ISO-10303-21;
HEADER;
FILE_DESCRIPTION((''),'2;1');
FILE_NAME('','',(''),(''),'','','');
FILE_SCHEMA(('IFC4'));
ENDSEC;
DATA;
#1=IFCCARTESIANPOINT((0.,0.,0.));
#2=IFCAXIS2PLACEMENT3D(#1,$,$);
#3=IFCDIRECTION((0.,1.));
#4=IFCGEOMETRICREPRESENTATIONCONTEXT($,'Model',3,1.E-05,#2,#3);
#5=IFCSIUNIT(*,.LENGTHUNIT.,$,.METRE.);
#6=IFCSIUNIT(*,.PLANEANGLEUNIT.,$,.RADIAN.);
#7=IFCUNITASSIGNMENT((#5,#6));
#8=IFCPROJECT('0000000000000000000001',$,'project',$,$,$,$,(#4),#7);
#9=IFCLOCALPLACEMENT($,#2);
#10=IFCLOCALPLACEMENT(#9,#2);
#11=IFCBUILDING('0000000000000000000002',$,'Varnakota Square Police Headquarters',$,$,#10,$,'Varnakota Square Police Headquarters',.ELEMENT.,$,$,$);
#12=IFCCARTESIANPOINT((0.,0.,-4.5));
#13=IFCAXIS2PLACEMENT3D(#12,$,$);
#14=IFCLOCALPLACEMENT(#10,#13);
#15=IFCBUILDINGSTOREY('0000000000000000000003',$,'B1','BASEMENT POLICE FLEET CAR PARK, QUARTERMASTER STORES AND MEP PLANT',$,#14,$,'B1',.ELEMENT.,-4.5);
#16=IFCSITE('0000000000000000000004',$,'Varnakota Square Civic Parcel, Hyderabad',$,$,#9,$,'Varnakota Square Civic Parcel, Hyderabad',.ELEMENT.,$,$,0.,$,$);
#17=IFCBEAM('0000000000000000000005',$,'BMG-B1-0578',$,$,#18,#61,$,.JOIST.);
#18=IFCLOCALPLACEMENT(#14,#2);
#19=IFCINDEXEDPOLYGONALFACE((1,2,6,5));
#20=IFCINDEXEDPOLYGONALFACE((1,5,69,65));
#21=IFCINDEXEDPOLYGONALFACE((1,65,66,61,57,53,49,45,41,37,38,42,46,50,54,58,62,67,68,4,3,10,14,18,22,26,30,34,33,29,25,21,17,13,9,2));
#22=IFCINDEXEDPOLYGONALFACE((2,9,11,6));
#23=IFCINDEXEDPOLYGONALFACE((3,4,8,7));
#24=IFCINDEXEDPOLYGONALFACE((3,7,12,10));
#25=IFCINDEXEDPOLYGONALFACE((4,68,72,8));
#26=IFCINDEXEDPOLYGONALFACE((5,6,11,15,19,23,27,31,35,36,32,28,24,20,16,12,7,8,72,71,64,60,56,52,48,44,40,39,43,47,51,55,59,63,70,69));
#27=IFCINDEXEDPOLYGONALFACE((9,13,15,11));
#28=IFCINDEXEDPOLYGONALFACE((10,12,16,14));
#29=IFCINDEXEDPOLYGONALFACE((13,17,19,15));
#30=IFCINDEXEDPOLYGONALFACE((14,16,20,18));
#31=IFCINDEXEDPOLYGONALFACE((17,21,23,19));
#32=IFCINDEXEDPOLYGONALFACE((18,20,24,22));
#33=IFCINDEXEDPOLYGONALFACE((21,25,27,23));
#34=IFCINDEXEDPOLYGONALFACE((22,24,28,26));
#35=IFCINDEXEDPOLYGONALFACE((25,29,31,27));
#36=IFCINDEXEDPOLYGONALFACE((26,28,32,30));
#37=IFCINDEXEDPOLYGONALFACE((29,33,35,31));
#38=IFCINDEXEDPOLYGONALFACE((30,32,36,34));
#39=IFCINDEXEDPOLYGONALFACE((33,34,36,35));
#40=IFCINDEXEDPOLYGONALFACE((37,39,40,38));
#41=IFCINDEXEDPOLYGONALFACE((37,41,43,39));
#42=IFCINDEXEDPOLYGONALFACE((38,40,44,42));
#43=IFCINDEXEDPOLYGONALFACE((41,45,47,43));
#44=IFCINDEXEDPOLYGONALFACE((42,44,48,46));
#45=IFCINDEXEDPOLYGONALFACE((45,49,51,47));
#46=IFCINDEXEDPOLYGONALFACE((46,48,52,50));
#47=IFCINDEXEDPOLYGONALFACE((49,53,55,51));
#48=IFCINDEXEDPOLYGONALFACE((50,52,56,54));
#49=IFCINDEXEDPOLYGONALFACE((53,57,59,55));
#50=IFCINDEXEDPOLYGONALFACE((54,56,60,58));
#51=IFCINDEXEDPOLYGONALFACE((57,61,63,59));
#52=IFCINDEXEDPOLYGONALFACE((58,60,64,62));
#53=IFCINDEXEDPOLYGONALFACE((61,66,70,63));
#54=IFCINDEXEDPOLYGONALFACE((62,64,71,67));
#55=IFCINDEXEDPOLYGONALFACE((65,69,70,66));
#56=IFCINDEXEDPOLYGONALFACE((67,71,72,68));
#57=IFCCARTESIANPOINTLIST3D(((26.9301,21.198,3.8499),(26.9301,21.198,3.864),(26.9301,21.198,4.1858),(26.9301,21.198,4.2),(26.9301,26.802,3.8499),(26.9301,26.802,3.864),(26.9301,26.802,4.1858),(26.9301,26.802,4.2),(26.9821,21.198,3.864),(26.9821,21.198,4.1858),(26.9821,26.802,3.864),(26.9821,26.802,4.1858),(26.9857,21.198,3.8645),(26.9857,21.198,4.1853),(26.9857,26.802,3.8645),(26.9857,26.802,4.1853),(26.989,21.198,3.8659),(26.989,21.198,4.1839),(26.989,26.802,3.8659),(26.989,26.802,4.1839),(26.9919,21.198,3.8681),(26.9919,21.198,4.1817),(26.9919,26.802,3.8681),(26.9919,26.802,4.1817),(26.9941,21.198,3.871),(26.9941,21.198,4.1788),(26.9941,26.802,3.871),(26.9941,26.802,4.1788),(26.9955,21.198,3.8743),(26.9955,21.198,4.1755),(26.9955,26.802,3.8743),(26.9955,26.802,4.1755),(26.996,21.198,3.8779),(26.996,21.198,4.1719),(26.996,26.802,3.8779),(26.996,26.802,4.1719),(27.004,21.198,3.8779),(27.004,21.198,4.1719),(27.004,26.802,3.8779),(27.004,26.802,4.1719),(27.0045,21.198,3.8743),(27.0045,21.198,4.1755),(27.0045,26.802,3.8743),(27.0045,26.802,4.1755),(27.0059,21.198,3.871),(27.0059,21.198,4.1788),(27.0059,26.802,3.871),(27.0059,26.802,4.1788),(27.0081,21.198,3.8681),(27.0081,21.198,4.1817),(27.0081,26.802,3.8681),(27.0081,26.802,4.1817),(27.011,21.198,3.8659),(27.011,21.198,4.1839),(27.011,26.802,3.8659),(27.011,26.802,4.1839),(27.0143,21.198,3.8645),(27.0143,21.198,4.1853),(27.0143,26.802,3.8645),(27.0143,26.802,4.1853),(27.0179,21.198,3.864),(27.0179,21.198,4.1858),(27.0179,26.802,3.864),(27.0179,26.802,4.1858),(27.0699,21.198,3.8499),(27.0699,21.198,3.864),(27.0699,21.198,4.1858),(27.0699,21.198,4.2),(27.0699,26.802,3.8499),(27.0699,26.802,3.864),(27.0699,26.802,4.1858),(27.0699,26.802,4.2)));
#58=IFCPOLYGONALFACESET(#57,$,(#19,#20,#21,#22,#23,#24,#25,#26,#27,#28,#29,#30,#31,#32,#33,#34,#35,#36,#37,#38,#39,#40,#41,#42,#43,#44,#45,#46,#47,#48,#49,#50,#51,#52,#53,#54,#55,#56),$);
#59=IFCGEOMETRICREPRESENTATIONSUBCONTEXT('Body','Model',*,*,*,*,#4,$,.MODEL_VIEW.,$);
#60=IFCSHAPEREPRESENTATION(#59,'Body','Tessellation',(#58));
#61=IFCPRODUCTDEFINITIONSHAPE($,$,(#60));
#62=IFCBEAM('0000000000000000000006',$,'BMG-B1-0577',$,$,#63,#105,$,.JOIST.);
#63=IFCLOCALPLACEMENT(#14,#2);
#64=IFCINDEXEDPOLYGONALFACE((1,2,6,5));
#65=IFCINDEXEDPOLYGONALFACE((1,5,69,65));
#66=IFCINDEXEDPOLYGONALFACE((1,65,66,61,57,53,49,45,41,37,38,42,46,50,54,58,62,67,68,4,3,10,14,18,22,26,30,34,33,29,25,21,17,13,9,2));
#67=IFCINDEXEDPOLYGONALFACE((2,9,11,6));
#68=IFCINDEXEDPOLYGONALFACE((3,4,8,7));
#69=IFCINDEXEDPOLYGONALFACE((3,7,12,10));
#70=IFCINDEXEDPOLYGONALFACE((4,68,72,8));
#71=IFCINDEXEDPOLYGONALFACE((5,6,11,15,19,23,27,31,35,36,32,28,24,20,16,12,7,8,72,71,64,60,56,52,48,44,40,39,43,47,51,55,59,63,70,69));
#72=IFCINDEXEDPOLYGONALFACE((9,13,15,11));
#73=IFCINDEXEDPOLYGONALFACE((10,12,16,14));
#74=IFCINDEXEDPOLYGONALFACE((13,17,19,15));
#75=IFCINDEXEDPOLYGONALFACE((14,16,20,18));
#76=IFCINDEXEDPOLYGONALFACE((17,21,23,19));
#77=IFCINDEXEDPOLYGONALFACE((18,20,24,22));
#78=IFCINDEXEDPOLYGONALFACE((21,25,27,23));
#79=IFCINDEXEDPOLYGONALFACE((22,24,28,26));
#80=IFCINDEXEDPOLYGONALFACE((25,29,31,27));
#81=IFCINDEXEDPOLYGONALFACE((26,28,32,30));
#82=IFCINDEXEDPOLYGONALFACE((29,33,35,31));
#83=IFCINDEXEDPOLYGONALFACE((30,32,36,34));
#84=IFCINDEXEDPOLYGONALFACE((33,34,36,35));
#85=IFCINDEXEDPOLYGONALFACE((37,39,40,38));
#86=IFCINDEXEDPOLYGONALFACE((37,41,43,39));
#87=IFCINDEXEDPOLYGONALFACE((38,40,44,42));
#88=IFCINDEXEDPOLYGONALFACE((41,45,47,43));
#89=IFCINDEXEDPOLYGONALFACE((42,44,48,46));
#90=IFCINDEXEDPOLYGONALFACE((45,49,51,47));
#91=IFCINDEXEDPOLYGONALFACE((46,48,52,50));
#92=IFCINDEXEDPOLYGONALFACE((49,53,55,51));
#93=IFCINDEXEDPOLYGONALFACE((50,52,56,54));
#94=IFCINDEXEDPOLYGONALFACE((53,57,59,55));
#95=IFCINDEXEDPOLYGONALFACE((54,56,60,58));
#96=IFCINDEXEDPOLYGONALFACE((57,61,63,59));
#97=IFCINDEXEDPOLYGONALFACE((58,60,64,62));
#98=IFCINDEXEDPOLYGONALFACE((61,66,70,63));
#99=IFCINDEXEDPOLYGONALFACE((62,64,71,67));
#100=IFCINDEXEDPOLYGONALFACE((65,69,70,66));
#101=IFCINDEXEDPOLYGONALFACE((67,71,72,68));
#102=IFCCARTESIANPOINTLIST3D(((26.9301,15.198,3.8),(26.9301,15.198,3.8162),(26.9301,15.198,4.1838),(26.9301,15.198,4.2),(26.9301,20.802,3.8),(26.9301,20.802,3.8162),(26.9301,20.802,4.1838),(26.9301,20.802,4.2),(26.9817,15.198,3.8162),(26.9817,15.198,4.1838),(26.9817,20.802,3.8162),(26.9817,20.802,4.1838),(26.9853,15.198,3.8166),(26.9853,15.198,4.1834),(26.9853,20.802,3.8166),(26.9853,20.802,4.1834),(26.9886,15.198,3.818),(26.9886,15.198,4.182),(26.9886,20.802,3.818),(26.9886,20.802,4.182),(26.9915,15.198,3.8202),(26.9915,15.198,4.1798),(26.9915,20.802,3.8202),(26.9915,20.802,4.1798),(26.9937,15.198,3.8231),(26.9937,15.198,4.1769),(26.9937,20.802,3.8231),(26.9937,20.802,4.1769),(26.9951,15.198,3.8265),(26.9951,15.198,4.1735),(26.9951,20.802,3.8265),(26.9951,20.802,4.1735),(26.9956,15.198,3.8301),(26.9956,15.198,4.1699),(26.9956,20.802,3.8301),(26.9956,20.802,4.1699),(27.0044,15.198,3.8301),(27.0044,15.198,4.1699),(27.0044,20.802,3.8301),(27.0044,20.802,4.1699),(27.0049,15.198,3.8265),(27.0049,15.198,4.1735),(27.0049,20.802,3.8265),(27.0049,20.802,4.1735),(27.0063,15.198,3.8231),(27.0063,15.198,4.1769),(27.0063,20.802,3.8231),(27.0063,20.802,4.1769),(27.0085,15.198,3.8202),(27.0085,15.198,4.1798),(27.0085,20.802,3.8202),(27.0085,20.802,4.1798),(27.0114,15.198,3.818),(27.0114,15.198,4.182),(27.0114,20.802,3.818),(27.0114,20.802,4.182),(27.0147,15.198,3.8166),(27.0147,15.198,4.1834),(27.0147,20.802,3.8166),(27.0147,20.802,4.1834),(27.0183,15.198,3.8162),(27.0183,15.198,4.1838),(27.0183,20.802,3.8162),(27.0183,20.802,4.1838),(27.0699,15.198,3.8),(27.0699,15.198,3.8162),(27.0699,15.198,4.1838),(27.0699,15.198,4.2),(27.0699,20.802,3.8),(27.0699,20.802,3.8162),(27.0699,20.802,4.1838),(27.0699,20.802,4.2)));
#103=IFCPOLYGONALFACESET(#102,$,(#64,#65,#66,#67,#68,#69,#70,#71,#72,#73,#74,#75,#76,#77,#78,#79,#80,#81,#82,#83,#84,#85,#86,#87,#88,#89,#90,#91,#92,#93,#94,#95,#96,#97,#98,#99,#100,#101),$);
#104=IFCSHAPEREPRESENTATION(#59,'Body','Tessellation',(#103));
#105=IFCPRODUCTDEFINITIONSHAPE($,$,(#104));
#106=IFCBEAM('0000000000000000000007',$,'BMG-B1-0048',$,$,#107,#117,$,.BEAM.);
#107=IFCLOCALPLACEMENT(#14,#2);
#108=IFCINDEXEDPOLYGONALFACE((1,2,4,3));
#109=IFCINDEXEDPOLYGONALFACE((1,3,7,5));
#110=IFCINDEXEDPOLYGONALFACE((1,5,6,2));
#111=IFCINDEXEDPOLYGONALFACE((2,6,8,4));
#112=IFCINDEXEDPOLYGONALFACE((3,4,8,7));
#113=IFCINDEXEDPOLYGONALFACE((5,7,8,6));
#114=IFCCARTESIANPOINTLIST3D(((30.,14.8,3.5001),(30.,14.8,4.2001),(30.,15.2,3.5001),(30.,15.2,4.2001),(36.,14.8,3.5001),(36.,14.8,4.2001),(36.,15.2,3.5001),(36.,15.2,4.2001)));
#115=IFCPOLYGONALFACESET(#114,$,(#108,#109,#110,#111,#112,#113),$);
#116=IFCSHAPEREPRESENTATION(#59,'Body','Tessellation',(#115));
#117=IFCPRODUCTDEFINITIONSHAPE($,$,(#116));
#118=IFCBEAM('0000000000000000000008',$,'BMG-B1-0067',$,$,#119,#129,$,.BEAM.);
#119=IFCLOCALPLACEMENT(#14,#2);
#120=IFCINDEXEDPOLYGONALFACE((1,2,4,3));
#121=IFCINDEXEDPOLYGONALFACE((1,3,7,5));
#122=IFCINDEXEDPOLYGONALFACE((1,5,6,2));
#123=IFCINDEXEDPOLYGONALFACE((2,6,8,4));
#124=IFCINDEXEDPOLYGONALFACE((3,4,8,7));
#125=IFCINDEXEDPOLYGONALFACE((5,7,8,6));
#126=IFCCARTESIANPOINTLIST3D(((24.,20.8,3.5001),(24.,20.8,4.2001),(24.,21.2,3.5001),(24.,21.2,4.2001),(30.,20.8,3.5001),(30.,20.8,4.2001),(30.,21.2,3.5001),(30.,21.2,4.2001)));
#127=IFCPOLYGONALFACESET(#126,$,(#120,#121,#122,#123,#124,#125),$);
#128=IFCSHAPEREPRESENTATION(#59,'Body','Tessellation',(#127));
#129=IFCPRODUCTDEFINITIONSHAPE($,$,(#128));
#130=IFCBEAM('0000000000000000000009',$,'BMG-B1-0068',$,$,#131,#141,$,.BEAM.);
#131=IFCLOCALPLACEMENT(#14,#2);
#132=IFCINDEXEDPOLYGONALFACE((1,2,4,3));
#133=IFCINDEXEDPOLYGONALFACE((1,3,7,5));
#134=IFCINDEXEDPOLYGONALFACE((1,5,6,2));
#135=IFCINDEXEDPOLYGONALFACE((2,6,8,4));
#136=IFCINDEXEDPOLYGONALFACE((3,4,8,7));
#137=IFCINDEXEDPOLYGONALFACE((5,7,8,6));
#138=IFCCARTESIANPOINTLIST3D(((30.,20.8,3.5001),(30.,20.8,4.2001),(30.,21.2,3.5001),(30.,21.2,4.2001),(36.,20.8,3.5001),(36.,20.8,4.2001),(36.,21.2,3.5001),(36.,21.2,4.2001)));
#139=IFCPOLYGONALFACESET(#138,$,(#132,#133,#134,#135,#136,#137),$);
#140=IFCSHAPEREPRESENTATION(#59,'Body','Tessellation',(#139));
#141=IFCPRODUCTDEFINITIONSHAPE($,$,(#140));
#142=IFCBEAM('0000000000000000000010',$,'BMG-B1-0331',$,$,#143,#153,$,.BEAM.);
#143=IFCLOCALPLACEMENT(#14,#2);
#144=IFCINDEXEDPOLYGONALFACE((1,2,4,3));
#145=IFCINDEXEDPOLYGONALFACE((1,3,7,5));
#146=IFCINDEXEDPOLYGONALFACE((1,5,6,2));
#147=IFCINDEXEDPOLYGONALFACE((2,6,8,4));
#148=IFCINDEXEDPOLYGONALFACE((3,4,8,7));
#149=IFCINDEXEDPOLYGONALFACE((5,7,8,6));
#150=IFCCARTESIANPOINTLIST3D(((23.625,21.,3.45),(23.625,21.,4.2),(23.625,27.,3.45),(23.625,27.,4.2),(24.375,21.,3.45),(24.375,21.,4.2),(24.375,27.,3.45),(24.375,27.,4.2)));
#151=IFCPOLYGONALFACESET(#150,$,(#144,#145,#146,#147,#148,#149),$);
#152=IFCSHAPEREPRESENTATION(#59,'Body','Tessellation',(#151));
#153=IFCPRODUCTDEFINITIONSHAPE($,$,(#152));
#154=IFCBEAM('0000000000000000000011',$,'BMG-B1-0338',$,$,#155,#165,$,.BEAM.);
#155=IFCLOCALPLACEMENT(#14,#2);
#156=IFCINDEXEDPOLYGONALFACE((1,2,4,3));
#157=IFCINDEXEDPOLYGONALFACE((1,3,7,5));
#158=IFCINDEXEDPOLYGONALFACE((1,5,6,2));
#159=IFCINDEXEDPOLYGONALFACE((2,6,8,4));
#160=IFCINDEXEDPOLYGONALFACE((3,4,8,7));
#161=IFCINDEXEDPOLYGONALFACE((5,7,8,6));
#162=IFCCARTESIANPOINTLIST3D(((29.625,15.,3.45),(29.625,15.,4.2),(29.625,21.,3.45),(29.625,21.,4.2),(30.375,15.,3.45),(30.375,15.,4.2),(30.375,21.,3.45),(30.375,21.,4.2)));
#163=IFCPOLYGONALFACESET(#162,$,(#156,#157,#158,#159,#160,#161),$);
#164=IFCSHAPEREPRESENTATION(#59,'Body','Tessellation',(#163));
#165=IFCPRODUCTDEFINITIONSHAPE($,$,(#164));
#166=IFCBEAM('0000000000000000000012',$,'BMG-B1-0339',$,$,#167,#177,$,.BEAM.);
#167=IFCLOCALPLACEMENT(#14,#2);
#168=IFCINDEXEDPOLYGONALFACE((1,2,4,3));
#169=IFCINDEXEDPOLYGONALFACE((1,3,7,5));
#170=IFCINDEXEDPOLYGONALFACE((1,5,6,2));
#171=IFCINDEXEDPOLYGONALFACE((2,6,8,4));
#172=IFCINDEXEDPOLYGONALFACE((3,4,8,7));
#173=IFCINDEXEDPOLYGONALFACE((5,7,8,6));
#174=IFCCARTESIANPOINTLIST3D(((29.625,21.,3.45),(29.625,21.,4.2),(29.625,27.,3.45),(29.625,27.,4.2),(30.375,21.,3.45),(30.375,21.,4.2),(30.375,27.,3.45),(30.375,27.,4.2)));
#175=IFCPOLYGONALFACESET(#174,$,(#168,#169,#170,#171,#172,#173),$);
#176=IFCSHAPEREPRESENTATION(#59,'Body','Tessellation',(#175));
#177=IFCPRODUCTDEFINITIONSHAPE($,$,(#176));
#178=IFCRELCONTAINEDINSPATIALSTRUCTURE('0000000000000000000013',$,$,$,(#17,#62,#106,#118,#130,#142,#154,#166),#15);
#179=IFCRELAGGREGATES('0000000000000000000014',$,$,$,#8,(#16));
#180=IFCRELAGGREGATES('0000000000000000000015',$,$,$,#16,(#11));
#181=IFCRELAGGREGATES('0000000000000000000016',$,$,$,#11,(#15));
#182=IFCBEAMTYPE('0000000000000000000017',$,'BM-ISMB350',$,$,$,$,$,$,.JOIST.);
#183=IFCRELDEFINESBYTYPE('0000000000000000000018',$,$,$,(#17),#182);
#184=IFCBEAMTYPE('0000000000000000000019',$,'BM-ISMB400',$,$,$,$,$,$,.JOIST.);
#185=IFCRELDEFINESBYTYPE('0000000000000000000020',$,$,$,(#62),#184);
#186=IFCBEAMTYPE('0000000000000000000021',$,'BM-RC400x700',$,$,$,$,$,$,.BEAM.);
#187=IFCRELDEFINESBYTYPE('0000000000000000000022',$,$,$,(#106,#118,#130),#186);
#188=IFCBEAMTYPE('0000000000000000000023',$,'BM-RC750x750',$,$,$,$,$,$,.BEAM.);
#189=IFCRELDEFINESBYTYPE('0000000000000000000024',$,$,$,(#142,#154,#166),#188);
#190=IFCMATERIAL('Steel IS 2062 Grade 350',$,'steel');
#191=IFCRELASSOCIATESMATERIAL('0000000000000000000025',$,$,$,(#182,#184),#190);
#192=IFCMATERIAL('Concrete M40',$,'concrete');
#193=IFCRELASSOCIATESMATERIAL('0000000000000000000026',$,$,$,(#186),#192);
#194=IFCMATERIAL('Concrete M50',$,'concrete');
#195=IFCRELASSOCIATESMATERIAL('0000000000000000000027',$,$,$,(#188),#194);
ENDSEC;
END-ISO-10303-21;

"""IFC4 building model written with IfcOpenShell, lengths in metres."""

from ifc_helpers import new_model, si_unit, direction, frame, origin, origin_2d, place, context, subcontext, project, spatial, rectangle, i_section, extrude, material, material_profile, profile_set, type_object, element, save


model = new_model("IFC4")

# Units and contexts
model_context = context("Model", 3, precision=1e-05, world=origin(), true_north=direction((0.0, 1.0)))
body_context = subcontext(model_context, "Body", "Model", "MODEL_VIEW")
ifc_project = project(units=[si_unit("LENGTHUNIT", "METRE"), si_unit("PLANEANGLEUNIT", "RADIAN")], contexts=[model_context])

# Site, building, storey
site_placement = place(None, origin())
site = spatial("IfcSite", under=ifc_project, at=site_placement, Name="Varnakota Square Civic Parcel, Hyderabad", LongName="Varnakota Square Civic Parcel, Hyderabad", CompositionType="ELEMENT", RefElevation=0.0)
building_placement = place(site_placement, origin())
building = spatial("IfcBuilding", under=site, at=building_placement, Name="Varnakota Square Police Headquarters", LongName="Varnakota Square Police Headquarters", CompositionType="ELEMENT")
storey_placement = place(building_placement, frame((0.0, 0.0, -4.5)))
storey = spatial("IfcBuildingStorey", under=building, at=storey_placement, Name="B1", Description="BASEMENT POLICE FLEET CAR PARK, QUARTERMASTER STORES AND MEP PLANT", LongName="B1", CompositionType="ELEMENT", Elevation=-4.5)

# Shared definitions
ifc_material_1 = material(Name="Concrete M40", Category="concrete")
ifc_material_2 = material(Name="Concrete M50", Category="concrete")

# Beams
ifc_material_3 = material(Name="Steel IS 2062 Grade 350", Category="steel")
ifc_material_profile_1 = material_profile(ifc_material_3, i_section(OverallWidth=0.1399, OverallDepth=0.3501, WebThickness=0.0081, FlangeThickness=0.0142, FilletRadius=0.0139, at=origin_2d()), Name="ISMB 350")
ifc_profile_set_1 = profile_set([ifc_material_profile_1], Name="Steel IS 2062 Grade 350")
beam_type_1 = type_object("IfcBeamType", Name="BM-ISMB350", PredefinedType="JOIST", material=ifc_profile_set_1)
beam_1_placement = place(storey_placement, frame((27.0, 21.198, 4.0249), z_axis=(0.0, 1.0, 0.0), x_axis=(-1.0, 0.0, 0.0)))
element("IfcBeam", 1, at=beam_1_placement, inside=storey, type_object=beam_type_1, Name="BMG-B1-0578", PredefinedType="JOIST", context=body_context, shape_type="SweptSolid", body=[
    extrude(i_section(OverallWidth=0.1399, OverallDepth=0.3501, WebThickness=0.0081, FlangeThickness=0.0142, FilletRadius=0.0139, at=origin_2d()), origin(), (0.0, 0.0, 1.0), 5.604),
])
ifc_material_profile_2 = material_profile(ifc_material_3, i_section(OverallWidth=0.1399, OverallDepth=0.3999, WebThickness=0.0088, FlangeThickness=0.0161, FilletRadius=0.0139, at=origin_2d()), Name="ISMB 400")
ifc_profile_set_2 = profile_set([ifc_material_profile_2], Name="Steel IS 2062 Grade 350")
beam_type_2 = type_object("IfcBeamType", Name="BM-ISMB400", PredefinedType="JOIST", material=ifc_profile_set_2)
beam_2_placement = place(storey_placement, frame((27.0, 15.198, 4.0), z_axis=(0.0, 1.0, 0.0), x_axis=(-1.0, 0.0, 0.0)))
element("IfcBeam", 2, at=beam_2_placement, inside=storey, type_object=beam_type_2, Name="BMG-B1-0577", PredefinedType="JOIST", context=body_context, shape_type="SweptSolid", body=[
    extrude(i_section(OverallWidth=0.1399, OverallDepth=0.3999, WebThickness=0.0088, FlangeThickness=0.0161, FilletRadius=0.0139, at=origin_2d()), origin(), (0.0, 0.0, 1.0), 5.604),
])
ifc_material_profile_3 = material_profile(ifc_material_1, rectangle(XDim=0.3999, YDim=0.7, at=origin_2d()), Name="RC 400x700")
ifc_profile_set_3 = profile_set([ifc_material_profile_3], Name="Concrete M40")
beam_type_3 = type_object("IfcBeamType", Name="BM-RC400x700", PredefinedType="BEAM", material=ifc_profile_set_3)
for number, where, z_axis, x_axis, name in (
    (3, (30.0, 15.0, 3.8501), (1.0, 0.0, 0.0), (0.0, 1.0, 0.0), "BMG-B1-0048"),
    (4, (24.0, 21.0, 3.8501), (1.0, 0.0, 0.0), (0.0, 1.0, 0.0), "BMG-B1-0067"),
    (5, (30.0, 21.0, 3.8501), (1.0, 0.0, 0.0), (0.0, 1.0, 0.0), "BMG-B1-0068"),
):
    element("IfcBeam", number, at=place(storey_placement, frame(where, z_axis=z_axis, x_axis=x_axis)), inside=storey, type_object=beam_type_3, Name=name, PredefinedType="BEAM", context=body_context, shape_type="SweptSolid", body=[
        extrude(rectangle(XDim=0.3999, YDim=0.7, at=origin_2d()), origin(), (0.0, 0.0, 1.0), 6.0),
    ])
ifc_material_profile_4 = material_profile(ifc_material_2, rectangle(XDim=0.75, YDim=0.75, at=origin_2d()), Name="RC 750x750")
ifc_profile_set_4 = profile_set([ifc_material_profile_4], Name="Concrete M50")
beam_type_4 = type_object("IfcBeamType", Name="BM-RC750x750", PredefinedType="BEAM", material=ifc_profile_set_4)
for number, where, z_axis, x_axis, name in (
    (6, (24.0, 21.0, 3.825), (0.0, 1.0, 0.0), (-1.0, 0.0, 0.0), "BMG-B1-0331"),
    (7, (30.0, 15.0, 3.825), (0.0, 1.0, 0.0), (-1.0, 0.0, 0.0), "BMG-B1-0338"),
    (8, (30.0, 21.0, 3.825), (0.0, 1.0, 0.0), (-1.0, 0.0, 0.0), "BMG-B1-0339"),
):
    element("IfcBeam", number, at=place(storey_placement, frame(where, z_axis=z_axis, x_axis=x_axis)), inside=storey, type_object=beam_type_4, Name=name, PredefinedType="BEAM", context=body_context, shape_type="SweptSolid", body=[
        extrude(rectangle(XDim=0.75, YDim=0.75, at=origin_2d()), origin(), (0.0, 0.0, 1.0), 6.0),
    ])

save(model, "model.ifc")
